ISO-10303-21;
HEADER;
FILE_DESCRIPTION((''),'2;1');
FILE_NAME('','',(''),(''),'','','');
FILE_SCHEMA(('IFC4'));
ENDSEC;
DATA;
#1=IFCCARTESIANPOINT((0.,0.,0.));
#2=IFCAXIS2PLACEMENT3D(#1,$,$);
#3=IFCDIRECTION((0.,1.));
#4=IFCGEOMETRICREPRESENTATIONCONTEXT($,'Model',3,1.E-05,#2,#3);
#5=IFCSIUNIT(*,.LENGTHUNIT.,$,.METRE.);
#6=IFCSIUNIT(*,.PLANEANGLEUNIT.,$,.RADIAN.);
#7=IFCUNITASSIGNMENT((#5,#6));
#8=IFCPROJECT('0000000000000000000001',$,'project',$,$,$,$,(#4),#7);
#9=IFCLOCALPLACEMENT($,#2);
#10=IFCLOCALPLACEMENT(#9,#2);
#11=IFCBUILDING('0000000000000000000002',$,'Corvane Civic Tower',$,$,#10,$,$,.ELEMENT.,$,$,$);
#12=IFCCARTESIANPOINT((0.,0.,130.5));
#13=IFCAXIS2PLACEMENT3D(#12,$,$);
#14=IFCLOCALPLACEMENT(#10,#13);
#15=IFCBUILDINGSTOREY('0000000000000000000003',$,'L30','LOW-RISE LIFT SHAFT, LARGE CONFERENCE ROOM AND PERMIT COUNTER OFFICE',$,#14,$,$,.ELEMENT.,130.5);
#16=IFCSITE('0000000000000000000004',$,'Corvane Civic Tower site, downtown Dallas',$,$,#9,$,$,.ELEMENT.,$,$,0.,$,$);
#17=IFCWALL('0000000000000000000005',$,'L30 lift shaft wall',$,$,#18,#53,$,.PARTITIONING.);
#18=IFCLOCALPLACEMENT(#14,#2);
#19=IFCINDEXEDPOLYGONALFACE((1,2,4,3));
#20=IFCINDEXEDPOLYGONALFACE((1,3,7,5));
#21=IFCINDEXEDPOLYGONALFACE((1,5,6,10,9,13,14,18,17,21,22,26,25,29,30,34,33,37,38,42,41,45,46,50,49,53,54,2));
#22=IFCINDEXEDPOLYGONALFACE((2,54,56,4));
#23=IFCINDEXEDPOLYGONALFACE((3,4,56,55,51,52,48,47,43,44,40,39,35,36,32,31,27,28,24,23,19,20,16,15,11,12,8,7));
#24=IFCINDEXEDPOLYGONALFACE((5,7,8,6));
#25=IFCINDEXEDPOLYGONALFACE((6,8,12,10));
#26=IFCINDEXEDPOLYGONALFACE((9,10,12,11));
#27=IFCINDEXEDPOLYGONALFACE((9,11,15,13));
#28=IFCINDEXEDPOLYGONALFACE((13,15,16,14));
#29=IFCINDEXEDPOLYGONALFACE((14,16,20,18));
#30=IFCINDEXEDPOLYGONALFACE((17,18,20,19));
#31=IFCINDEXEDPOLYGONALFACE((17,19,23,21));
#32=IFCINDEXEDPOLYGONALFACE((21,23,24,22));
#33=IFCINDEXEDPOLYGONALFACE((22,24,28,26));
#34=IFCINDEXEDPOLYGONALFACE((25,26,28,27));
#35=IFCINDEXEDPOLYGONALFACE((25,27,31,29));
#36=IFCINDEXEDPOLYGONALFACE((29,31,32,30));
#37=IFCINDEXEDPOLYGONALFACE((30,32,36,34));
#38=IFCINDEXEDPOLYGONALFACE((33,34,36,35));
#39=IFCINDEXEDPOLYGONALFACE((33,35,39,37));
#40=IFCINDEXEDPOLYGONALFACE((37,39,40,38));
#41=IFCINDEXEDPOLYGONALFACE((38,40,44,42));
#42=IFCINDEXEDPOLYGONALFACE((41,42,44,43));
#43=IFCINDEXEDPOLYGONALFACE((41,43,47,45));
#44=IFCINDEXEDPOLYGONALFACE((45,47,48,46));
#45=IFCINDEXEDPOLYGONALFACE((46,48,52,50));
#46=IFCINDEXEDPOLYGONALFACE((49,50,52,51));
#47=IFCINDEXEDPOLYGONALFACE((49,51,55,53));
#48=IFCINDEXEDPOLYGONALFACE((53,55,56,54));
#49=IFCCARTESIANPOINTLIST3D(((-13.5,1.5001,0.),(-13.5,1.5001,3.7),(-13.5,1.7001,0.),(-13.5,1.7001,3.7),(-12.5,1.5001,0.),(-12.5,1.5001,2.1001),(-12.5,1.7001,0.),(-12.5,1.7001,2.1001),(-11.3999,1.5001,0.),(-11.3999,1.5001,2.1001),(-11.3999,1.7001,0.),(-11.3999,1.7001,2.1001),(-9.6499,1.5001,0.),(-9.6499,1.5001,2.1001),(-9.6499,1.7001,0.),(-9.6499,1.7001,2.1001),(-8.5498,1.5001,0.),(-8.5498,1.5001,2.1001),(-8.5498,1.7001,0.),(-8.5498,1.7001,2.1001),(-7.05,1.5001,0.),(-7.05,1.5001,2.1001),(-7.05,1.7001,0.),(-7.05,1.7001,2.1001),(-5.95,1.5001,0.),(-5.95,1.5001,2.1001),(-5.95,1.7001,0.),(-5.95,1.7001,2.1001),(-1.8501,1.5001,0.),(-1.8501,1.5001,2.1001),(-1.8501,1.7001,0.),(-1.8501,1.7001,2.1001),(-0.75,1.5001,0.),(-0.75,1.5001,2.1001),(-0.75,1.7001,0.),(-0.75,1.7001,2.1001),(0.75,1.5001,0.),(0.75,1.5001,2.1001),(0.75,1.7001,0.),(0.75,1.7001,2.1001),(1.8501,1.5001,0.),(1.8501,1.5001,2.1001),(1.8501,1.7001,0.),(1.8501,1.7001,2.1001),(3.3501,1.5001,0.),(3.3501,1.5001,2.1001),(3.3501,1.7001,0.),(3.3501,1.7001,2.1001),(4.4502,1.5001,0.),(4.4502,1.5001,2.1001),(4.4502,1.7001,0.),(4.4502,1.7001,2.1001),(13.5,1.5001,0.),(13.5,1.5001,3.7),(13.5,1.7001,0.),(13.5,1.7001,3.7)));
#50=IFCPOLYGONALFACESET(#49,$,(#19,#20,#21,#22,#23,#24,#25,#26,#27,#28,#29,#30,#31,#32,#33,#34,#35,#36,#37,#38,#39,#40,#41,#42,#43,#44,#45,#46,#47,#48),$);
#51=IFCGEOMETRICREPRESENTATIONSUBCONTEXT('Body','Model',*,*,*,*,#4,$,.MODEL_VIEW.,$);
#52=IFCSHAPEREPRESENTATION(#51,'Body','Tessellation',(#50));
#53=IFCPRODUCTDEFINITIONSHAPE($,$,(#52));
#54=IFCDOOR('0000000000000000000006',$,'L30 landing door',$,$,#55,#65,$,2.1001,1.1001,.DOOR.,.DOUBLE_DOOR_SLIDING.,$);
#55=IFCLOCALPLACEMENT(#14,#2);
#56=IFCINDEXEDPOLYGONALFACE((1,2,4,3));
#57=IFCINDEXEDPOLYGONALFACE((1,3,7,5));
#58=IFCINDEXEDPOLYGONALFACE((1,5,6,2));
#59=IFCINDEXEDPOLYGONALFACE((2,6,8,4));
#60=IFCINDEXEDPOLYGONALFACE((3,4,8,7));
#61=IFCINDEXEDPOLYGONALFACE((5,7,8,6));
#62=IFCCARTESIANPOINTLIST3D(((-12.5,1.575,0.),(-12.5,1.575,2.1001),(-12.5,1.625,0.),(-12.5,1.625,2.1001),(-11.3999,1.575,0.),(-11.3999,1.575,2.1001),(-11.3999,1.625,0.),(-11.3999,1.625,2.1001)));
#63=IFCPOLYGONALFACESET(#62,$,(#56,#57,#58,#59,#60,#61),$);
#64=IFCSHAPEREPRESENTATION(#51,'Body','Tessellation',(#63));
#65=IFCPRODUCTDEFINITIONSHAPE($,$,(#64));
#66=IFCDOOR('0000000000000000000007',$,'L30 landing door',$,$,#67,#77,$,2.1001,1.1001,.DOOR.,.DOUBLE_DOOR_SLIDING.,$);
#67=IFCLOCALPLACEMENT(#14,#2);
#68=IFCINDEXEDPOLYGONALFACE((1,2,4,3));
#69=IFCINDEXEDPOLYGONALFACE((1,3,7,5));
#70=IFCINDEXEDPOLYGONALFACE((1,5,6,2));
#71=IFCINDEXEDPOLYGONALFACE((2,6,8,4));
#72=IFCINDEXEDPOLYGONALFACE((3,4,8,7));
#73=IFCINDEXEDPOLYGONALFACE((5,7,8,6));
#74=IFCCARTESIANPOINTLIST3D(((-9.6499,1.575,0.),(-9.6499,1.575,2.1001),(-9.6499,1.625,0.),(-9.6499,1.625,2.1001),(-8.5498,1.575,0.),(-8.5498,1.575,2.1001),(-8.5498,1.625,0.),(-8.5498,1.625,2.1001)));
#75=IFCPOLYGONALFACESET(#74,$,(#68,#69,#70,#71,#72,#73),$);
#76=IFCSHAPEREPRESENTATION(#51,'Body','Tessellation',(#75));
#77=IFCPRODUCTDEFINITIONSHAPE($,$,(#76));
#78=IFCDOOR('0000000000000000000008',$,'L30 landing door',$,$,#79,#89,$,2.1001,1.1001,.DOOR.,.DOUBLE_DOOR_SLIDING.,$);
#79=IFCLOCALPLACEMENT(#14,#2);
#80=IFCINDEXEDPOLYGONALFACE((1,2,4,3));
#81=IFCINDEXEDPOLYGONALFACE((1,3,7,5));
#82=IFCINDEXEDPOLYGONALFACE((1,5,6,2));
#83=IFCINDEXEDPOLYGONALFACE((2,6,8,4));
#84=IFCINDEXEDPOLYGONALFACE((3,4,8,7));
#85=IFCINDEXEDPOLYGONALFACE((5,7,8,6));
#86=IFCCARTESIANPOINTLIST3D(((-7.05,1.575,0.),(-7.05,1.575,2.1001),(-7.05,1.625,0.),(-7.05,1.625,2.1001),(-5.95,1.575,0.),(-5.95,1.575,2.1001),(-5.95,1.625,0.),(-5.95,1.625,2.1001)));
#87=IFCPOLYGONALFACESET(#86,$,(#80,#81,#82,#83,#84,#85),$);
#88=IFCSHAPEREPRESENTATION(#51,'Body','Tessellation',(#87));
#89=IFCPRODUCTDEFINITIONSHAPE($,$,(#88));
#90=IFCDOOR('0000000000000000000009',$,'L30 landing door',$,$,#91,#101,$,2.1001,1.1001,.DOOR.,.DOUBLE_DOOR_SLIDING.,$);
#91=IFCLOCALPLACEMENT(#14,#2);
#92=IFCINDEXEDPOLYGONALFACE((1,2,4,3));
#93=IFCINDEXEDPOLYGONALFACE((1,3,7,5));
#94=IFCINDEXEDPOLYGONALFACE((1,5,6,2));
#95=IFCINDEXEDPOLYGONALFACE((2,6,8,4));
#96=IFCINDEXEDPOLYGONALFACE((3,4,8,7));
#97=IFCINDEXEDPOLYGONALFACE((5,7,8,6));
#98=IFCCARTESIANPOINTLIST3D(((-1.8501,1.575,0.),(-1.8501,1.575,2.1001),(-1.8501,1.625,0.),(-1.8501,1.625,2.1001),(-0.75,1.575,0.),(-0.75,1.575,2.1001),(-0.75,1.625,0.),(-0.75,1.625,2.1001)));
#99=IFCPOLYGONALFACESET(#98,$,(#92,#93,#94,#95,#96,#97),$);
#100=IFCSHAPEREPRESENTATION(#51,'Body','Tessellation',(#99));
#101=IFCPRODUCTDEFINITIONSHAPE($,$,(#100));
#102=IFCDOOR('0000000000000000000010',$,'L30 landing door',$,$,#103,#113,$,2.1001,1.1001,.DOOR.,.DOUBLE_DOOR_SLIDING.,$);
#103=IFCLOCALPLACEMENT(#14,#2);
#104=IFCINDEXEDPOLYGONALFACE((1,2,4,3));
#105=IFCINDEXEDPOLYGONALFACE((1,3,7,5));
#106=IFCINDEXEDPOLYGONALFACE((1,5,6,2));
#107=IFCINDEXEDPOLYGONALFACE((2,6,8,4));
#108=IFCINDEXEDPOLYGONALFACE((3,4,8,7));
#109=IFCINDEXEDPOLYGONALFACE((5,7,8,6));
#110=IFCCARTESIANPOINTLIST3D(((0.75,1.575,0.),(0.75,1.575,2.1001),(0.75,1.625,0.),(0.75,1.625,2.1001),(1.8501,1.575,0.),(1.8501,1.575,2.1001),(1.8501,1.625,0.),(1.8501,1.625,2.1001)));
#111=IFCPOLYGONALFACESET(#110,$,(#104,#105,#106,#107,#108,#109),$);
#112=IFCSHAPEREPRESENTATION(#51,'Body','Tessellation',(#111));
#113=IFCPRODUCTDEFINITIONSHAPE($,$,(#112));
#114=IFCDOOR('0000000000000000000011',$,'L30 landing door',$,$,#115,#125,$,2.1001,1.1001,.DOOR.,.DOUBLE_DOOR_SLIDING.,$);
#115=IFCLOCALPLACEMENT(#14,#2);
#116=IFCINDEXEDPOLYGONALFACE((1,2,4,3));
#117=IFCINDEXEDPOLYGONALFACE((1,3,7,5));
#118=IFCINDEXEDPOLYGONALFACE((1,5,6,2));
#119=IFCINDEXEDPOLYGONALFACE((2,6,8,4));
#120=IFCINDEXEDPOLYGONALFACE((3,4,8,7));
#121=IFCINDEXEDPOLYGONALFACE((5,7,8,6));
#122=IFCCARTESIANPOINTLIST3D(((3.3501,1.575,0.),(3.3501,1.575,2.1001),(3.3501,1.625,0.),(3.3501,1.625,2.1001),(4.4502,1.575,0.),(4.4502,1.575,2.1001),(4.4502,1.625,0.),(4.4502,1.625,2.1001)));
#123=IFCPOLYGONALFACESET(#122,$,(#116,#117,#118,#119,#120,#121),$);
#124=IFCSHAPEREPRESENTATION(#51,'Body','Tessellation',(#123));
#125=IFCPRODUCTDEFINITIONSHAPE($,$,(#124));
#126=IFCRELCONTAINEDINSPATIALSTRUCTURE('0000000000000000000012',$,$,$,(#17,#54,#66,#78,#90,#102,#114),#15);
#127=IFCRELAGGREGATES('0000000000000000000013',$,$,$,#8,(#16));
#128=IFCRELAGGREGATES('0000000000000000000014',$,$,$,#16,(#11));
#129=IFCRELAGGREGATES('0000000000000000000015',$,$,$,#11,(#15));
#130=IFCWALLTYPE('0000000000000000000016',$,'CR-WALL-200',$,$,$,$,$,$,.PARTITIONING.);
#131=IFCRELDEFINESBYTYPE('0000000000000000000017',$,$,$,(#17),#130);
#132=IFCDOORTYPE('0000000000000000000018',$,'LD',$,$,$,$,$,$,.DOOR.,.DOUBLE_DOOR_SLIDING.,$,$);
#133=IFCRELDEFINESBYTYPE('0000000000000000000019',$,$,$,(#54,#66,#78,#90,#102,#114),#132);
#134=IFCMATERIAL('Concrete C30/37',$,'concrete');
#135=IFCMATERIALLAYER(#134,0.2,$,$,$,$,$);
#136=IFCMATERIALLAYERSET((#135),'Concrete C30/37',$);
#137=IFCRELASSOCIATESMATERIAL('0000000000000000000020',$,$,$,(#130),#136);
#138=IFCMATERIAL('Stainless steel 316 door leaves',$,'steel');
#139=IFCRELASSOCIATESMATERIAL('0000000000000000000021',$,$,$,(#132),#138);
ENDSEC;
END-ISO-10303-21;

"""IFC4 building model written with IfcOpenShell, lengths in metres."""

from ifc_helpers import new_model, si_unit, direction, frame, frame_2d, origin, place, context, subcontext, project, spatial, rectangle, extrude, material, layer, layer_set, type_object, element, fill, save


model = new_model("IFC4")

# Units and contexts
model_context = context("Model", 3, precision=1e-05, world=origin(), true_north=direction((0.0, 1.0)))
body_context = subcontext(model_context, "Body", "Model", "MODEL_VIEW")
ifc_project = project(units=[si_unit("LENGTHUNIT", "METRE"), si_unit("PLANEANGLEUNIT", "RADIAN")], contexts=[model_context])

# Site, building, storey
site_placement = place(None, origin())
site = spatial("IfcSite", under=ifc_project, at=site_placement, Name="Corvane Civic Tower site, downtown Dallas", CompositionType="ELEMENT", RefElevation=0.0)
building_placement = place(site_placement, origin())
building = spatial("IfcBuilding", under=site, at=building_placement, Name="Corvane Civic Tower", CompositionType="ELEMENT")
storey_placement = place(building_placement, frame((0.0, 0.0, 130.5)))
storey = spatial("IfcBuildingStorey", under=building, at=storey_placement, Name="L30", Description="LOW-RISE LIFT SHAFT, LARGE CONFERENCE ROOM AND PERMIT COUNTER OFFICE", CompositionType="ELEMENT", Elevation=130.5)

# Wall, openings, doors
ifc_material_1 = material(Name="Concrete C30/37", Category="concrete")
ifc_layer_1 = layer(ifc_material_1, 0.2)
ifc_layer_set_1 = layer_set([ifc_layer_1], Name="Concrete C30/37")
wall_type_1 = type_object("IfcWallType", Name="CR-WALL-200", PredefinedType="PARTITIONING", material=ifc_layer_set_1)
wall_1_placement = place(storey_placement, frame((-13.5, 1.6001, 0.0), z_axis=(0.0, 0.0, 1.0), x_axis=(1.0, 0.0, 0.0)))
wall_1 = element("IfcWall", 1, at=wall_1_placement, inside=storey, type_object=wall_type_1, Name="L30 lift shaft wall", PredefinedType="PARTITIONING", context=body_context, shape_type="SweptSolid", body=[
    extrude(rectangle(XDim=27.0, YDim=0.2, at=frame_2d((13.5, 0.0))), origin(), (0.0, 0.0, 1.0), 3.7),
])
opening_1_placement = place(wall_1_placement, frame((1.0, 0.0, 0.0)))
opening_1 = element("IfcOpeningElement", 2, at=opening_1_placement, cuts=wall_1, PredefinedType="OPENING", context=body_context, shape_type="SweptSolid", body=[
    extrude(rectangle(XDim=1.1001, YDim=2.1001, at=frame_2d((0.55, 1.05))), frame((0.0, 0.1099, 0.0), z_axis=(0.0, -1.0, 0.0), x_axis=(1.0, 0.0, 0.0)), (0.0, 0.0, 1.0), 0.22),
])
opening_2_placement = place(wall_1_placement, frame((3.8501, 0.0, 0.0)))
opening_2 = element("IfcOpeningElement", 3, at=opening_2_placement, cuts=wall_1, PredefinedType="OPENING", context=body_context, shape_type="SweptSolid", body=[
    extrude(rectangle(XDim=1.1001, YDim=2.1001, at=frame_2d((0.55, 1.05))), frame((0.0, 0.1099, 0.0), z_axis=(0.0, -1.0, 0.0), x_axis=(1.0, 0.0, 0.0)), (0.0, 0.0, 1.0), 0.22),
])
opening_3_placement = place(wall_1_placement, frame((6.45, 0.0, 0.0)))
opening_3 = element("IfcOpeningElement", 4, at=opening_3_placement, cuts=wall_1, PredefinedType="OPENING", context=body_context, shape_type="SweptSolid", body=[
    extrude(rectangle(XDim=1.1001, YDim=2.1001, at=frame_2d((0.55, 1.05))), frame((0.0, 0.1099, 0.0), z_axis=(0.0, -1.0, 0.0), x_axis=(1.0, 0.0, 0.0)), (0.0, 0.0, 1.0), 0.22),
])
opening_4_placement = place(wall_1_placement, frame((11.6499, 0.0, 0.0)))
opening_4 = element("IfcOpeningElement", 5, at=opening_4_placement, cuts=wall_1, PredefinedType="OPENING", context=body_context, shape_type="SweptSolid", body=[
    extrude(rectangle(XDim=1.1001, YDim=2.1001, at=frame_2d((0.55, 1.05))), frame((0.0, 0.1099, 0.0), z_axis=(0.0, -1.0, 0.0), x_axis=(1.0, 0.0, 0.0)), (0.0, 0.0, 1.0), 0.22),
])
opening_5_placement = place(wall_1_placement, frame((14.25, 0.0, 0.0)))
opening_5 = element("IfcOpeningElement", 6, at=opening_5_placement, cuts=wall_1, PredefinedType="OPENING", context=body_context, shape_type="SweptSolid", body=[
    extrude(rectangle(XDim=1.1001, YDim=2.1001, at=frame_2d((0.55, 1.05))), frame((0.0, 0.1099, 0.0), z_axis=(0.0, -1.0, 0.0), x_axis=(1.0, 0.0, 0.0)), (0.0, 0.0, 1.0), 0.22),
])
opening_6_placement = place(wall_1_placement, frame((16.8501, 0.0, 0.0)))
opening_6 = element("IfcOpeningElement", 7, at=opening_6_placement, cuts=wall_1, PredefinedType="OPENING", context=body_context, shape_type="SweptSolid", body=[
    extrude(rectangle(XDim=1.1001, YDim=2.1001, at=frame_2d((0.55, 1.05))), frame((0.0, 0.1099, 0.0), z_axis=(0.0, -1.0, 0.0), x_axis=(1.0, 0.0, 0.0)), (0.0, 0.0, 1.0), 0.22),
])
ifc_material_2 = material(Name="Stainless steel 316 door leaves", Category="steel")
door_type_1 = type_object("IfcDoorType", Name="LD", OperationType="DOUBLE_DOOR_SLIDING", PredefinedType="DOOR", material=ifc_material_2)
door_1_placement = place(opening_1_placement, origin())
door_1 = element("IfcDoor", 8, at=door_1_placement, inside=storey, type_object=door_type_1, Name="L30 landing door", OperationType="DOUBLE_DOOR_SLIDING", OverallHeight=2.1001, OverallWidth=1.1001, PredefinedType="DOOR", context=body_context, shape_type="SweptSolid", body=[
    extrude(rectangle(XDim=1.1001, YDim=2.1001, at=frame_2d((0.55, 1.05))), frame((0.0, 0.0249, 0.0), z_axis=(0.0, -1.0, 0.0), x_axis=(1.0, 0.0, 0.0)), (0.0, 0.0, 1.0), 0.05),
])
fill(opening_1, door_1)
door_2_placement = place(opening_2_placement, origin())
door_2 = element("IfcDoor", 9, at=door_2_placement, inside=storey, type_object=door_type_1, Name="L30 landing door", OperationType="DOUBLE_DOOR_SLIDING", OverallHeight=2.1001, OverallWidth=1.1001, PredefinedType="DOOR", context=body_context, shape_type="SweptSolid", body=[
    extrude(rectangle(XDim=1.1001, YDim=2.1001, at=frame_2d((0.55, 1.05))), frame((0.0, 0.0249, 0.0), z_axis=(0.0, -1.0, 0.0), x_axis=(1.0, 0.0, 0.0)), (0.0, 0.0, 1.0), 0.05),
])
fill(opening_2, door_2)
door_3_placement = place(opening_3_placement, origin())
door_3 = element("IfcDoor", 10, at=door_3_placement, inside=storey, type_object=door_type_1, Name="L30 landing door", OperationType="DOUBLE_DOOR_SLIDING", OverallHeight=2.1001, OverallWidth=1.1001, PredefinedType="DOOR", context=body_context, shape_type="SweptSolid", body=[
    extrude(rectangle(XDim=1.1001, YDim=2.1001, at=frame_2d((0.55, 1.05))), frame((0.0, 0.0249, 0.0), z_axis=(0.0, -1.0, 0.0), x_axis=(1.0, 0.0, 0.0)), (0.0, 0.0, 1.0), 0.05),
])
fill(opening_3, door_3)
door_4_placement = place(opening_4_placement, origin())
door_4 = element("IfcDoor", 11, at=door_4_placement, inside=storey, type_object=door_type_1, Name="L30 landing door", OperationType="DOUBLE_DOOR_SLIDING", OverallHeight=2.1001, OverallWidth=1.1001, PredefinedType="DOOR", context=body_context, shape_type="SweptSolid", body=[
    extrude(rectangle(XDim=1.1001, YDim=2.1001, at=frame_2d((0.55, 1.05))), frame((0.0, 0.0249, 0.0), z_axis=(0.0, -1.0, 0.0), x_axis=(1.0, 0.0, 0.0)), (0.0, 0.0, 1.0), 0.05),
])
fill(opening_4, door_4)
door_5_placement = place(opening_5_placement, origin())
door_5 = element("IfcDoor", 12, at=door_5_placement, inside=storey, type_object=door_type_1, Name="L30 landing door", OperationType="DOUBLE_DOOR_SLIDING", OverallHeight=2.1001, OverallWidth=1.1001, PredefinedType="DOOR", context=body_context, shape_type="SweptSolid", body=[
    extrude(rectangle(XDim=1.1001, YDim=2.1001, at=frame_2d((0.55, 1.05))), frame((0.0, 0.0249, 0.0), z_axis=(0.0, -1.0, 0.0), x_axis=(1.0, 0.0, 0.0)), (0.0, 0.0, 1.0), 0.05),
])
fill(opening_5, door_5)
door_6_placement = place(opening_6_placement, origin())
door_6 = element("IfcDoor", 13, at=door_6_placement, inside=storey, type_object=door_type_1, Name="L30 landing door", OperationType="DOUBLE_DOOR_SLIDING", OverallHeight=2.1001, OverallWidth=1.1001, PredefinedType="DOOR", context=body_context, shape_type="SweptSolid", body=[
    extrude(rectangle(XDim=1.1001, YDim=2.1001, at=frame_2d((0.55, 1.05))), frame((0.0, 0.0249, 0.0), z_axis=(0.0, -1.0, 0.0), x_axis=(1.0, 0.0, 0.0)), (0.0, 0.0, 1.0), 0.05),
])
fill(opening_6, door_6)

save(model, "model.ifc")
